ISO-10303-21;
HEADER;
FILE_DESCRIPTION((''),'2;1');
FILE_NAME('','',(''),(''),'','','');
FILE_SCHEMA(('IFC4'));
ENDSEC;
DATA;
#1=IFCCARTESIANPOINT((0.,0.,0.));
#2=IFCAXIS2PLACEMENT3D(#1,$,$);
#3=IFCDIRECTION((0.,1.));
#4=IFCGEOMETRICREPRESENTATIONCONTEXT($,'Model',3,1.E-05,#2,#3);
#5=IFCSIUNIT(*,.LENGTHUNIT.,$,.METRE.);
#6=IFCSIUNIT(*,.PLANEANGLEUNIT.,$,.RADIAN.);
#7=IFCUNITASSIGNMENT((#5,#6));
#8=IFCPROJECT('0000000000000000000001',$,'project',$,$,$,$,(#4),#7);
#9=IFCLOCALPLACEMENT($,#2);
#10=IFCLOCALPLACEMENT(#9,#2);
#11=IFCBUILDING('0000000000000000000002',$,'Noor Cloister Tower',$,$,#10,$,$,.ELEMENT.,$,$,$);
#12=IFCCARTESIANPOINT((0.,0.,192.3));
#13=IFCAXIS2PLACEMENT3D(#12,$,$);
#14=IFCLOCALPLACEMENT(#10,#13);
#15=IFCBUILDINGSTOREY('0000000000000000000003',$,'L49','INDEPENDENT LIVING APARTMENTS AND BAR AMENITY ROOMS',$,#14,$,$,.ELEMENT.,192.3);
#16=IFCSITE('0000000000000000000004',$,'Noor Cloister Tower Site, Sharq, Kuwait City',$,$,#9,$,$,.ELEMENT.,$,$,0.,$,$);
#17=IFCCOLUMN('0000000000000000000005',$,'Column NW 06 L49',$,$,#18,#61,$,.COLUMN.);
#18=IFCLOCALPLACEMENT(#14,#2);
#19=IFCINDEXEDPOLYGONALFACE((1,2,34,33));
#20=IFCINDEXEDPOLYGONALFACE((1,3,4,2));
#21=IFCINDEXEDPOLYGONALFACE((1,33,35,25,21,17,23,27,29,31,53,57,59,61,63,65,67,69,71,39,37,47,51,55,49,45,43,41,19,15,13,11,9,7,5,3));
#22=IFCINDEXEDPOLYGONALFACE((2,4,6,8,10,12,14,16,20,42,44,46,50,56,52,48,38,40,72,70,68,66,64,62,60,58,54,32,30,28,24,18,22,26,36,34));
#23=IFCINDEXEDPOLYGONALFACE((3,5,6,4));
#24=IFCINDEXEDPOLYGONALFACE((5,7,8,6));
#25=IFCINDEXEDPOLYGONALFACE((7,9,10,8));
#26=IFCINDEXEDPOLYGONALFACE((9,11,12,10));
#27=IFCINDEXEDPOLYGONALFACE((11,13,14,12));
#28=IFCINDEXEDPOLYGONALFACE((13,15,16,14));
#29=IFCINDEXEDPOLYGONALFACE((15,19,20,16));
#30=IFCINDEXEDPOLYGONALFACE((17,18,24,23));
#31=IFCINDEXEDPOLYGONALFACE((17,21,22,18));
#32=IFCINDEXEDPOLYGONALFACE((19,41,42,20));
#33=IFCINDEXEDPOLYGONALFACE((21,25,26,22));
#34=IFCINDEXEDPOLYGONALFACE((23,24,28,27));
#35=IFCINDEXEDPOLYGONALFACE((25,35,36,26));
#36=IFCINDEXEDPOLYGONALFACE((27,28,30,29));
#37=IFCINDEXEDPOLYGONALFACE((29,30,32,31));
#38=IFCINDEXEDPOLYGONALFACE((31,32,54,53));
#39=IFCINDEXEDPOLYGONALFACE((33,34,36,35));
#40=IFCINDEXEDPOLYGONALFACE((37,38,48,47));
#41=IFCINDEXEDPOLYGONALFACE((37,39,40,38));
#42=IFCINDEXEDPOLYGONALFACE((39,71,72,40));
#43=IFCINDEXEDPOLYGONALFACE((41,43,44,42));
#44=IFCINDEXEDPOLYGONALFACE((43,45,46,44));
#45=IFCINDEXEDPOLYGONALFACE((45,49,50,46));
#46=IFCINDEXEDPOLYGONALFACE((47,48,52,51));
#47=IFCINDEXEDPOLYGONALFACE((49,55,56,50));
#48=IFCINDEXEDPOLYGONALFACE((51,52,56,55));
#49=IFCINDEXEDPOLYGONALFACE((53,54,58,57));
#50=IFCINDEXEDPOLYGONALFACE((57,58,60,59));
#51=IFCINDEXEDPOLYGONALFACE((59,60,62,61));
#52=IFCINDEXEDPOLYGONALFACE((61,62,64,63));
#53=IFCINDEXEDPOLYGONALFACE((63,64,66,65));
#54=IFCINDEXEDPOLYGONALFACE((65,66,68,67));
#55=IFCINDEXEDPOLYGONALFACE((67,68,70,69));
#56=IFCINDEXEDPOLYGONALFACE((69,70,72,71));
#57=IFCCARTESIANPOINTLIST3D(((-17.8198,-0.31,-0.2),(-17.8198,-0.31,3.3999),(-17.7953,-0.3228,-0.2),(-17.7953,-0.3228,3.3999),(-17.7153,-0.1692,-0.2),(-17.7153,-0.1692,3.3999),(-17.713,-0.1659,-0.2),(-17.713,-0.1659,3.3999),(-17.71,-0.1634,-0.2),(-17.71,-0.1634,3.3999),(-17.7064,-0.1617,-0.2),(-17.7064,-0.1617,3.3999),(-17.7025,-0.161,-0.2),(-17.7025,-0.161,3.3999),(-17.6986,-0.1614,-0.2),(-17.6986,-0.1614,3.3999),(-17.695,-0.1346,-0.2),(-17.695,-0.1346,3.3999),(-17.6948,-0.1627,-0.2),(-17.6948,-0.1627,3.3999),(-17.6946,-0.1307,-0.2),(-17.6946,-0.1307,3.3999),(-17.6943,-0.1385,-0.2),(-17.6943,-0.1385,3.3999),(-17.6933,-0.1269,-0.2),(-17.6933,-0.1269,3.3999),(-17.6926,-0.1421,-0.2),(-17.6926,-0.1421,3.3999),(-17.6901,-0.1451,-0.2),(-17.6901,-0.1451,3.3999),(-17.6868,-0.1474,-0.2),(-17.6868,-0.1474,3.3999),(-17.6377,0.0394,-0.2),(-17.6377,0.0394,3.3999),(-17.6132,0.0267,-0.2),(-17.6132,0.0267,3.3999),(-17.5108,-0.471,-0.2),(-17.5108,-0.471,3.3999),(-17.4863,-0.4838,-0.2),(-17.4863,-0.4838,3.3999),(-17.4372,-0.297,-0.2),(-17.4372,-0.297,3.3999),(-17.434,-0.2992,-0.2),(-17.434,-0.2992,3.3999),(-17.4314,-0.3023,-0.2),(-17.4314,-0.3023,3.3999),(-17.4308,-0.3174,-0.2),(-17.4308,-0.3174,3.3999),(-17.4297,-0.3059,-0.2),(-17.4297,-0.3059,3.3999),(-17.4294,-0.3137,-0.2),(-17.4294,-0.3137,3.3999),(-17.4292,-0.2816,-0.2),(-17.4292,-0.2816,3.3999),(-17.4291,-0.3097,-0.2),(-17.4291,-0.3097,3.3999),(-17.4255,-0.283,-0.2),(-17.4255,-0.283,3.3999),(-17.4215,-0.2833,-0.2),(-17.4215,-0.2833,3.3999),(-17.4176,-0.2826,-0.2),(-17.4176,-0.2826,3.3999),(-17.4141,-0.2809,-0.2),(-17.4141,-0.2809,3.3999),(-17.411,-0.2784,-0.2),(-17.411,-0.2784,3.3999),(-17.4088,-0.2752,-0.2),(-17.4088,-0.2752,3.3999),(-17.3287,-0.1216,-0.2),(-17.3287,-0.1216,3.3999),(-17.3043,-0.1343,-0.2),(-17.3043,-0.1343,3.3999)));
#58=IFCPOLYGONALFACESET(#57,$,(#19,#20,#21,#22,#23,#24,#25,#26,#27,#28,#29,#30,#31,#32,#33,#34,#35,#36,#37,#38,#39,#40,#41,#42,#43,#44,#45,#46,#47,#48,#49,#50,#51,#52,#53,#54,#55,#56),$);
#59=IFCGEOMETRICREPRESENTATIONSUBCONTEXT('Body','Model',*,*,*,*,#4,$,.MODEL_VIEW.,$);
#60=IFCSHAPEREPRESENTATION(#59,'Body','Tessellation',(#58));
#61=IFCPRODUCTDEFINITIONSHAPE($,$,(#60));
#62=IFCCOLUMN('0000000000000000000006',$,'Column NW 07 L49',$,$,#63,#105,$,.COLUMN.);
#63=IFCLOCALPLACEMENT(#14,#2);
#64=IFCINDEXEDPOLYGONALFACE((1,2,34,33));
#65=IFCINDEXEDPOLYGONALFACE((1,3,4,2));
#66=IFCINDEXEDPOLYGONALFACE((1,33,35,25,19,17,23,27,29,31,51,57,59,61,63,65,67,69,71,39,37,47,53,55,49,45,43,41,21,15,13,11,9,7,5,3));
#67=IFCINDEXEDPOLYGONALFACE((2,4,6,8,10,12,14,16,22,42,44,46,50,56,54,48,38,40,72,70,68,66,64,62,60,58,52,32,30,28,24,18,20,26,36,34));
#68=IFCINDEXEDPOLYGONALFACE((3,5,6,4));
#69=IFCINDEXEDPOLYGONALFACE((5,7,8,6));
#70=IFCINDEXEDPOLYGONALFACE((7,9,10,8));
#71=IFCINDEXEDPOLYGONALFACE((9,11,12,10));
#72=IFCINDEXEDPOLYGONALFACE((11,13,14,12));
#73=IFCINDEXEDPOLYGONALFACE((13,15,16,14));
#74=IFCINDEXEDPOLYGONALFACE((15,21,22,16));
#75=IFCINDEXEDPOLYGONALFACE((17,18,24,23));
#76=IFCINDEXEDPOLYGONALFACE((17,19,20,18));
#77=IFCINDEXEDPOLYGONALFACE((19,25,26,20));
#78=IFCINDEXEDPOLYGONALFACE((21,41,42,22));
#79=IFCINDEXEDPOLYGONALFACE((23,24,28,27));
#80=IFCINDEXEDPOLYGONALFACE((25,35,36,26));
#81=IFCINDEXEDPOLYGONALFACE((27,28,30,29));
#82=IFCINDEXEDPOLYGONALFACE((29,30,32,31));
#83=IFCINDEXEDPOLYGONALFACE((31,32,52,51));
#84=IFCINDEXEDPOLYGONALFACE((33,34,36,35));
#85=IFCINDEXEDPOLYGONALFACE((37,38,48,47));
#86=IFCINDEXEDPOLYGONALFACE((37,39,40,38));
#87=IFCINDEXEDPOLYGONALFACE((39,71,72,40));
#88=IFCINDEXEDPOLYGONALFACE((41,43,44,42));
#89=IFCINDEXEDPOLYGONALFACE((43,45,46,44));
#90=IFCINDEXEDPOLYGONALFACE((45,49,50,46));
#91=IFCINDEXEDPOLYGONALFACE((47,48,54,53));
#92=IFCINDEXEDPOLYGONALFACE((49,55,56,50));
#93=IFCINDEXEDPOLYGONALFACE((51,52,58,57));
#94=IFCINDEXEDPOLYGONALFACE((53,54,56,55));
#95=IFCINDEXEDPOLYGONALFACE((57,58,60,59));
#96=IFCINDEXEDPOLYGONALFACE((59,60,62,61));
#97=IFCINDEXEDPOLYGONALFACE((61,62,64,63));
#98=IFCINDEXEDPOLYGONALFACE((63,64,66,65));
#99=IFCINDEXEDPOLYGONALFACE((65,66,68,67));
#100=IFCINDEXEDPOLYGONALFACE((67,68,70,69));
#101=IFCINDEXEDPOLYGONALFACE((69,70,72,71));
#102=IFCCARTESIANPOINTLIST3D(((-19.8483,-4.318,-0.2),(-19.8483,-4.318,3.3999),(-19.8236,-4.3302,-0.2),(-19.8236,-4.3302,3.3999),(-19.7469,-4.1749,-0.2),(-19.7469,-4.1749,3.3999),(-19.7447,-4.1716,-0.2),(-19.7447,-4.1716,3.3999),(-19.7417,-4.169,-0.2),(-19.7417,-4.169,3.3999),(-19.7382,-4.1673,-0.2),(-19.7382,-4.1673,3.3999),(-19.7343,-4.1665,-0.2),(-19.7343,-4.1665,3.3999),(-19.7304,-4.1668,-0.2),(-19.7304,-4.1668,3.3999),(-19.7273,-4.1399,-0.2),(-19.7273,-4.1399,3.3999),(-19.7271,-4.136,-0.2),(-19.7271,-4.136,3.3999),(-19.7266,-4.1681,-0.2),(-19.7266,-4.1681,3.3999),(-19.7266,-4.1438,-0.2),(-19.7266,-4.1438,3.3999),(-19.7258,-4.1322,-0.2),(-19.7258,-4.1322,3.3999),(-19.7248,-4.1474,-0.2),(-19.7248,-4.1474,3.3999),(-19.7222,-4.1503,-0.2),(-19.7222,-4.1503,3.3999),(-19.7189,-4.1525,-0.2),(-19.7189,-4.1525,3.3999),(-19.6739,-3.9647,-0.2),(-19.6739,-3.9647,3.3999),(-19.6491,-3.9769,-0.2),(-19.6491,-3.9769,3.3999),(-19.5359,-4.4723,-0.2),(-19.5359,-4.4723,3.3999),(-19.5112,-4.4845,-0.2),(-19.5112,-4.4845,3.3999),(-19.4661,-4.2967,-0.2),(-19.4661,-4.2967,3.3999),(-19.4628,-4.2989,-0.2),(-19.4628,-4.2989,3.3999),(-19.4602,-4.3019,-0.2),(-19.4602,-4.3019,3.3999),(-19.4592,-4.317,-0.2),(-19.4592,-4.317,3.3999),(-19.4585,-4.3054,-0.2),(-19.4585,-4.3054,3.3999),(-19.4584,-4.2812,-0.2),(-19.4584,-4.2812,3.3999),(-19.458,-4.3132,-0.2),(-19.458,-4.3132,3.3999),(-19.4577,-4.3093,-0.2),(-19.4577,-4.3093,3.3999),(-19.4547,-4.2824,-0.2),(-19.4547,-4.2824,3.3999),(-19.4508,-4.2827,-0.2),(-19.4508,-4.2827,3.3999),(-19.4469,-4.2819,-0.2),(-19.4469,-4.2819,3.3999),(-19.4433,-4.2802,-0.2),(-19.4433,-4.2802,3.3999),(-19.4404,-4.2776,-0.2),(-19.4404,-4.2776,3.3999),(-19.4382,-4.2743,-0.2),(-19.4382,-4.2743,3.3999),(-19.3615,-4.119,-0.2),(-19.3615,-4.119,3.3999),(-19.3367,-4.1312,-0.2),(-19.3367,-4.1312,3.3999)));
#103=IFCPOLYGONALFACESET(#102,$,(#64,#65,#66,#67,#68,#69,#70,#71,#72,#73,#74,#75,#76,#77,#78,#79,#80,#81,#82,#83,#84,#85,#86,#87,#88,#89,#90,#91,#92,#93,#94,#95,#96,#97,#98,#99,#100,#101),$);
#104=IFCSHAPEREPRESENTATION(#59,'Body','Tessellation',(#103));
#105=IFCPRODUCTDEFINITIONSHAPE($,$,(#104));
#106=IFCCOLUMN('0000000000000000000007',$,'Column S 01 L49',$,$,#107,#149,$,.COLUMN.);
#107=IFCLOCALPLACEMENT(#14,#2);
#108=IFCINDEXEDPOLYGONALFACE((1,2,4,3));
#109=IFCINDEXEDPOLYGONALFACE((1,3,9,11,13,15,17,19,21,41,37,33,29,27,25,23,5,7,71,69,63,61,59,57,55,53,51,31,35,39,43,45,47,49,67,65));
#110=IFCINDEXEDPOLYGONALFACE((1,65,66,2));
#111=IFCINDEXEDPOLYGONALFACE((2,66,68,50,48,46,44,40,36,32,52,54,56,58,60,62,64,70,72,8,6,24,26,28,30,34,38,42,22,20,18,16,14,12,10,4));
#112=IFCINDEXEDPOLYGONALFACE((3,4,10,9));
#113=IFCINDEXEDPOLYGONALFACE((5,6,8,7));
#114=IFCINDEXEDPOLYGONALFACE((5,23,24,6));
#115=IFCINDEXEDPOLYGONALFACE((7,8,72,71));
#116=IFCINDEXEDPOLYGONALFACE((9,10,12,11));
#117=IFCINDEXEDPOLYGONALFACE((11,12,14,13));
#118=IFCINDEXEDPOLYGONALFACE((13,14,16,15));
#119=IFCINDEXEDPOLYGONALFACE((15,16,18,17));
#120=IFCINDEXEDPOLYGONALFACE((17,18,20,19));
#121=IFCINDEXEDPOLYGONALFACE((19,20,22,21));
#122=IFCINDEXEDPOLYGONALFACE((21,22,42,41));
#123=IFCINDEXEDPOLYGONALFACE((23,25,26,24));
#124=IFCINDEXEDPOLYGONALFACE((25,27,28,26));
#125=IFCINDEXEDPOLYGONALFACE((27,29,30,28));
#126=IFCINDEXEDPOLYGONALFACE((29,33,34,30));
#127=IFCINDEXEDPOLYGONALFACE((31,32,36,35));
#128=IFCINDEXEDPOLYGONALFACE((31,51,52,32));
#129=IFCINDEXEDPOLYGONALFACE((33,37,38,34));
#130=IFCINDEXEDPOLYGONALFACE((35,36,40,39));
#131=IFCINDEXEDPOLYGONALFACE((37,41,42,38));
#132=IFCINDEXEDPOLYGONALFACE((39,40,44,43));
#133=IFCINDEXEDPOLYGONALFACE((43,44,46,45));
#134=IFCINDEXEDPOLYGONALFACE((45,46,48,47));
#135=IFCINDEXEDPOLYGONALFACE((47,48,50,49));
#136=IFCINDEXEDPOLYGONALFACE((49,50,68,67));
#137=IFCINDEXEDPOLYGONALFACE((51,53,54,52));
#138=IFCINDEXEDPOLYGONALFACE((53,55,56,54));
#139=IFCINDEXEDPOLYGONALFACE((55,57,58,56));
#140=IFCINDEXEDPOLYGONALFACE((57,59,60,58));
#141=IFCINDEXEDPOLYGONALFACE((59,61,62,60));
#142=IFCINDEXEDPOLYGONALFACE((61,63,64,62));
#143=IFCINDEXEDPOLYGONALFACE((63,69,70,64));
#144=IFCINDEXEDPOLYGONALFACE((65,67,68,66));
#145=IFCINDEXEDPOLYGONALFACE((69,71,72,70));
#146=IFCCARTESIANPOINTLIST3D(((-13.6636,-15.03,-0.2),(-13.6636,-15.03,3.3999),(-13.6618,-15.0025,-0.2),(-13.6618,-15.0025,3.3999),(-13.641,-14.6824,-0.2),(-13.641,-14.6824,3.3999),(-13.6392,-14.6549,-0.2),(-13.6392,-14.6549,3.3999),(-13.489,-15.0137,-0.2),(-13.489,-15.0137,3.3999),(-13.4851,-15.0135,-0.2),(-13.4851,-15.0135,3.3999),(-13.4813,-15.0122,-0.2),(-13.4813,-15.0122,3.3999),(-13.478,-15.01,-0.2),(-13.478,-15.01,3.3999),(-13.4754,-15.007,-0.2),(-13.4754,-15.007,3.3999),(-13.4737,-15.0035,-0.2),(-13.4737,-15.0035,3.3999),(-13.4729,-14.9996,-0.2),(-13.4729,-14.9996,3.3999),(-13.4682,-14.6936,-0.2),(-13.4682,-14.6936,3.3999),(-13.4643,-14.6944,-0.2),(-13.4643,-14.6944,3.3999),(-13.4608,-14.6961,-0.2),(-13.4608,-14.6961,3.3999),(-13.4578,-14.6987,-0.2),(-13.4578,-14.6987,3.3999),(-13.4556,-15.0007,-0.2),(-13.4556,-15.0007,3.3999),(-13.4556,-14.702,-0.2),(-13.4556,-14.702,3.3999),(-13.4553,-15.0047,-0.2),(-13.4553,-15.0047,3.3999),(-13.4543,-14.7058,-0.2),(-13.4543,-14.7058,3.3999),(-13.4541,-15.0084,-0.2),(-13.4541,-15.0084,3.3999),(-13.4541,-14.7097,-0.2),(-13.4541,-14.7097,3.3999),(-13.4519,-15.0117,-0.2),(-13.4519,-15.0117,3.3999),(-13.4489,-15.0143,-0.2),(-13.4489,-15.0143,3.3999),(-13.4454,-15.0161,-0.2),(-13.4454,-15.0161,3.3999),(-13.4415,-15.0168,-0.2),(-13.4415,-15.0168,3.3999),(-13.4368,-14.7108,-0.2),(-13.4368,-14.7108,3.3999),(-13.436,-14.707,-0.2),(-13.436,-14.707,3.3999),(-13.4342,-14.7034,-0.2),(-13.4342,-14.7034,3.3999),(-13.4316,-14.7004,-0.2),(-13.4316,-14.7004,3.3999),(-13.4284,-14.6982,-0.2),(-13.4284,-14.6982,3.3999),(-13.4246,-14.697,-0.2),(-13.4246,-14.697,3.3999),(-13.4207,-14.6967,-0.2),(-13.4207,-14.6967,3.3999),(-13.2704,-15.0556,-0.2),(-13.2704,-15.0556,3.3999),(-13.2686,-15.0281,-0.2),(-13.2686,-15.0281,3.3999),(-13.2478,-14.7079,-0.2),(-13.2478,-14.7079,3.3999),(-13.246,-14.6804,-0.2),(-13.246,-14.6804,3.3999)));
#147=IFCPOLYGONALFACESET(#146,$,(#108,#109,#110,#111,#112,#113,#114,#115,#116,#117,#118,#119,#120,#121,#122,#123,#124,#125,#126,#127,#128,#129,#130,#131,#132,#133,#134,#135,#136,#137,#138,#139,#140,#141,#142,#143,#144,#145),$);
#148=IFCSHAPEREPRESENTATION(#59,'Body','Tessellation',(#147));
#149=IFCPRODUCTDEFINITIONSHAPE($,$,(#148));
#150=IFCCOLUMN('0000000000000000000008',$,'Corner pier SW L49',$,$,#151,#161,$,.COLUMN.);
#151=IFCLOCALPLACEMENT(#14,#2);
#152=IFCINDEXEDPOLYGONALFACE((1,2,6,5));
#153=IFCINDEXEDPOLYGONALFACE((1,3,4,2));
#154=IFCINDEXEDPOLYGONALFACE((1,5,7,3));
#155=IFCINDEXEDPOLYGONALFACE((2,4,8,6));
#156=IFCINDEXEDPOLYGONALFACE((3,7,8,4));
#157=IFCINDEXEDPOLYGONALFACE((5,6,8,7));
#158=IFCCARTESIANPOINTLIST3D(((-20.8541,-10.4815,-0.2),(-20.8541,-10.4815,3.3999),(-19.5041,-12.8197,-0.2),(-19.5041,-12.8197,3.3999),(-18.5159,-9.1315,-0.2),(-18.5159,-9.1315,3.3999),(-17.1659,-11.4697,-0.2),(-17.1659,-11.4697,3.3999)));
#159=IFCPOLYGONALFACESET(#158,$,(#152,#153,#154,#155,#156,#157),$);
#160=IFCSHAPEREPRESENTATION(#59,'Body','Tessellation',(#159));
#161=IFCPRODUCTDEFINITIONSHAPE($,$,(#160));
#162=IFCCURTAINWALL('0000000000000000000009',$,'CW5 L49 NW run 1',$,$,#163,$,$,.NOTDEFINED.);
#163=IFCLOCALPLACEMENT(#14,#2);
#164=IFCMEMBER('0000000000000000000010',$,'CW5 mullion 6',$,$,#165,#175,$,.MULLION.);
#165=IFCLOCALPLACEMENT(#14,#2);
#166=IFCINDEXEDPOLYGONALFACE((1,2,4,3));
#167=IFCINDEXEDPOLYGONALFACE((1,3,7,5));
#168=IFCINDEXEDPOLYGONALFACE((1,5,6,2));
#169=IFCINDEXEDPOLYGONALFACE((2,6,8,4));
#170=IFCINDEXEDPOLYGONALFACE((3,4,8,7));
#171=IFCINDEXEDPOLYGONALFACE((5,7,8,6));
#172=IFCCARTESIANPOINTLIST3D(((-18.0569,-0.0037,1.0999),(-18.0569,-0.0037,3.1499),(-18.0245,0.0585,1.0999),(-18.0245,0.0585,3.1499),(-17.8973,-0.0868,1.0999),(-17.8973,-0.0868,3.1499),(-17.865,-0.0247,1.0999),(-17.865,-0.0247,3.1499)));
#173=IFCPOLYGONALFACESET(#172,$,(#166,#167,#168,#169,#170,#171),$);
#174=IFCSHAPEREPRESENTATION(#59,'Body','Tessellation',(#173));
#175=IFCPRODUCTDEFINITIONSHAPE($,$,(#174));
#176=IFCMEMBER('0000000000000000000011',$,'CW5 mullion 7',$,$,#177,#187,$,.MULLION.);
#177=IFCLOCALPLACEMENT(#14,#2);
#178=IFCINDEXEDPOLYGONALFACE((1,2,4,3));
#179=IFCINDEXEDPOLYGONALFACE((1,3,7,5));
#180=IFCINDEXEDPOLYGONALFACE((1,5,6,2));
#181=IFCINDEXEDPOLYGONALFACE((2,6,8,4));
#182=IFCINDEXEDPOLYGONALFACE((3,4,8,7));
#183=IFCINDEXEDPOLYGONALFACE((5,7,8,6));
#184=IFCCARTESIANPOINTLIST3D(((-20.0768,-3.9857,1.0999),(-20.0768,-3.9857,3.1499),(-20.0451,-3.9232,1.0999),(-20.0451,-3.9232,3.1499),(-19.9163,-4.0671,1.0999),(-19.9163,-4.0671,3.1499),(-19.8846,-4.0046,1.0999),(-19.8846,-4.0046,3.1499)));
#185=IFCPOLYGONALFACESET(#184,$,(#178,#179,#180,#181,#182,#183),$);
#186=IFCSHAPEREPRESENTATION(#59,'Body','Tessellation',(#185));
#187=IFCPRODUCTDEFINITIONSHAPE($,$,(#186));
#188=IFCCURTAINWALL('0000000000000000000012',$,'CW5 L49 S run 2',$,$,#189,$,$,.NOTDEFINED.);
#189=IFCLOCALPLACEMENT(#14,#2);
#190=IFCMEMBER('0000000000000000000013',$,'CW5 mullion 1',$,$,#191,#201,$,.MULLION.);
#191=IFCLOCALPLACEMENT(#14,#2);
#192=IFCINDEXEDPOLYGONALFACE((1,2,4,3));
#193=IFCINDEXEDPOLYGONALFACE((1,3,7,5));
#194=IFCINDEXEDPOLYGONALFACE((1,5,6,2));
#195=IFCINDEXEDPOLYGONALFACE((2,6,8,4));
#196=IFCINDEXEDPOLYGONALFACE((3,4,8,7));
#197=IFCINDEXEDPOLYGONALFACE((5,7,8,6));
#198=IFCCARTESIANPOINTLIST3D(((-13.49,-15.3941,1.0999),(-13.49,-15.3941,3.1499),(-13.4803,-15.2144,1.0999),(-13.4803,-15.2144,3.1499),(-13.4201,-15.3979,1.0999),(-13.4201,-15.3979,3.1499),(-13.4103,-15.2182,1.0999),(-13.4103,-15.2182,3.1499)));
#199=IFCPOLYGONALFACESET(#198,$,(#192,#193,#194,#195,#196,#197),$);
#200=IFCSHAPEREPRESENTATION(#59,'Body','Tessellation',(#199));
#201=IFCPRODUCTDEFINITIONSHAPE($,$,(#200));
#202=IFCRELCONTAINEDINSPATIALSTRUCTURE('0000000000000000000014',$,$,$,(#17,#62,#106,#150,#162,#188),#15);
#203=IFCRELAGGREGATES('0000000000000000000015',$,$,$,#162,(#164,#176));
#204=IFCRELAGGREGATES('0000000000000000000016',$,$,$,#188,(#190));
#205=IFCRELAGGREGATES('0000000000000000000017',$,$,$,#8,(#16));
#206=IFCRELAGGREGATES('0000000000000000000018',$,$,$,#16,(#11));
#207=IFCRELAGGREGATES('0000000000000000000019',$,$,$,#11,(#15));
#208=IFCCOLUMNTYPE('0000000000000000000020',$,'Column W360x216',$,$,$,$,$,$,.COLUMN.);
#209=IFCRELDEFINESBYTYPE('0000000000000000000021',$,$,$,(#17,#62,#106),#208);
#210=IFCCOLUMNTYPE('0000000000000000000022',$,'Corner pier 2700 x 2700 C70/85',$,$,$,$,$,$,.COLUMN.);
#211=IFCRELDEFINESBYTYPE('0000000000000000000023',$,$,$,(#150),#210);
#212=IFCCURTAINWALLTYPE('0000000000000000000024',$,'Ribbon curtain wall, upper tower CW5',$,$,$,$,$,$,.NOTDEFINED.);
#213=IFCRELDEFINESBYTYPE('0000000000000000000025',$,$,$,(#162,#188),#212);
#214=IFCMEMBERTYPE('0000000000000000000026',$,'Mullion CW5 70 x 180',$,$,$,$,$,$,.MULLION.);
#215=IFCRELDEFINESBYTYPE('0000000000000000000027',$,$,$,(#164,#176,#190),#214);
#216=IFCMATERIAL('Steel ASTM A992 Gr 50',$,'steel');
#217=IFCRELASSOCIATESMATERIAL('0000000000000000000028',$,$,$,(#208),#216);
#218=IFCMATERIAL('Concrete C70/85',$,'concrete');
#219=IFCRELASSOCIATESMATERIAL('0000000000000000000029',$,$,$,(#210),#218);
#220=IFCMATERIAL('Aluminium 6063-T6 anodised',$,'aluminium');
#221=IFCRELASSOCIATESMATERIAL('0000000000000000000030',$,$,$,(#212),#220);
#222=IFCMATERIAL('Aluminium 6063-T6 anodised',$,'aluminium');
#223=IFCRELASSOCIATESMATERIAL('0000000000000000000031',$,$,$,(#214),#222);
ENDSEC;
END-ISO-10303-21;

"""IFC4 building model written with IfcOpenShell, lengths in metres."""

from ifc_helpers import new_model, si_unit, direction, frame, origin, origin_2d, place, context, subcontext, project, spatial, rectangle, i_section, extrude, material, material_profile, profile_set, type_object, element, aggregate, save


model = new_model("IFC4")

# Units and contexts
model_context = context("Model", 3, precision=1e-05, world=origin(), true_north=direction((0.0, 1.0)))
body_context = subcontext(model_context, "Body", "Model", "MODEL_VIEW")
ifc_project = project(units=[si_unit("LENGTHUNIT", "METRE"), si_unit("PLANEANGLEUNIT", "RADIAN")], contexts=[model_context])

# Site, building, storey
site_placement = place(None, origin())
site = spatial("IfcSite", under=ifc_project, at=site_placement, Name="Noor Cloister Tower Site, Sharq, Kuwait City", CompositionType="ELEMENT", RefElevation=0.0)
building_placement = place(site_placement, origin())
building = spatial("IfcBuilding", under=site, at=building_placement, Name="Noor Cloister Tower", CompositionType="ELEMENT")
storey_placement = place(building_placement, frame((0.0, 0.0, 192.3)))
storey = spatial("IfcBuildingStorey", under=building, at=storey_placement, Name="L49", Description="INDEPENDENT LIVING APARTMENTS AND BAR AMENITY ROOMS", CompositionType="ELEMENT", Elevation=192.3)

# Columns
ifc_material_1 = material(Name="Steel ASTM A992 Gr 50", Category="steel")
ifc_material_profile_1 = material_profile(ifc_material_1, i_section(OverallWidth=0.394, OverallDepth=0.376, WebThickness=0.0173, FlangeThickness=0.0276, FilletRadius=0.0151, at=origin_2d()), Name="W360x216")
ifc_profile_set_1 = profile_set([ifc_material_profile_1], Name="Steel ASTM A992 Gr 50")
column_type_1 = type_object("IfcColumnType", Name="Column W360x216", PredefinedType="COLUMN", material=ifc_profile_set_1)
for number, where, z_axis, x_axis, name in (
    (1, (-17.562, -0.2222, -0.2), (0.0, 0.0, 1.0), (-0.462061, -0.886848, 0.0), "Column NW 06 L49"),
    (2, (-19.5925, -4.2246, -0.2), (0.0, 0.0, 1.0), (-0.442763, -0.896639, 0.0), "Column NW 07 L49"),
    (3, (-13.4548, -14.8552, -0.2), (0.0, 0.0, 1.0), (0.997893, -0.064875, 0.0), "Column S 01 L49"),
):
    element("IfcColumn", number, at=place(storey_placement, frame(where, z_axis=z_axis, x_axis=x_axis)), inside=storey, type_object=column_type_1, Name=name, PredefinedType="COLUMN", context=body_context, shape_type="SweptSolid", body=[
        extrude(i_section(OverallWidth=0.394, OverallDepth=0.376, WebThickness=0.0173, FlangeThickness=0.0276, FilletRadius=0.0151, at=origin_2d()), origin(), (0.0, 0.0, 1.0), 3.5999),
    ])
ifc_material_2 = material(Name="Concrete C70/85", Category="concrete")
ifc_material_profile_2 = material_profile(ifc_material_2, rectangle(XDim=2.7, YDim=2.7, at=origin_2d()), Name="RC 2700x2700")
ifc_profile_set_2 = profile_set([ifc_material_profile_2], Name="Concrete C70/85")
column_type_2 = type_object("IfcColumnType", Name="Corner pier 2700 x 2700 C70/85", PredefinedType="COLUMN", material=ifc_profile_set_2)
column_placement = place(storey_placement, frame((-19.01, -10.9756, -0.2), z_axis=(0.0, 0.0, 1.0), x_axis=(-0.866025, -0.5, 0.0)))
element("IfcColumn", 4, at=column_placement, inside=storey, type_object=column_type_2, Name="Corner pier SW L49", PredefinedType="COLUMN", context=body_context, shape_type="SweptSolid", body=[
    extrude(rectangle(XDim=2.7, YDim=2.7, at=origin_2d()), origin(), (0.0, 0.0, 1.0), 3.5999),
])

# Curtain wall, members
ifc_material_3 = material(Name="Aluminium 6063-T6 anodised", Category="aluminium")
curtain_wall_type = type_object("IfcCurtainWallType", Name="Ribbon curtain wall, upper tower CW5", PredefinedType="NOTDEFINED", material=ifc_material_3)
curtain_wall_1_placement = place(storey_placement, origin())
curtain_wall_1 = element("IfcCurtainWall", 5, at=curtain_wall_1_placement, inside=storey, type_object=curtain_wall_type, Name="CW5 L49 NW run 1", PredefinedType="NOTDEFINED")
ifc_material_4 = material(Name="Aluminium 6063-T6 anodised", Category="aluminium")
ifc_material_profile_3 = material_profile(ifc_material_4, rectangle(XDim=0.1799, YDim=0.0701, at=origin_2d()), Name="180 x 70 mullion")
ifc_profile_set_3 = profile_set([ifc_material_profile_3], Name="Aluminium 6063-T6 anodised")
member_type = type_object("IfcMemberType", Name="Mullion CW5 70 x 180", PredefinedType="MULLION", material=ifc_profile_set_3)
member_1_placement = place(storey_placement, frame((-17.9609, -0.0142, 1.0999), z_axis=(0.0, 0.0, 1.0), x_axis=(0.886848, -0.462061, 0.0)))
member_1 = element("IfcMember", 6, at=member_1_placement, type_object=member_type, Name="CW5 mullion 6", PredefinedType="MULLION", context=body_context, shape_type="SweptSolid", body=[
    extrude(rectangle(XDim=0.1799, YDim=0.0701, at=origin_2d()), origin(), (0.0, 0.0, 1.0), 2.05),
])
member_2_placement = place(storey_placement, frame((-19.9807, -3.9951, 1.0999), z_axis=(0.0, 0.0, 1.0), x_axis=(0.891795, -0.452439, 0.0)))
member_2 = element("IfcMember", 7, at=member_2_placement, type_object=member_type, Name="CW5 mullion 7", PredefinedType="MULLION", context=body_context, shape_type="SweptSolid", body=[
    extrude(rectangle(XDim=0.1799, YDim=0.0701, at=origin_2d()), origin(), (0.0, 0.0, 1.0), 2.05),
])

# Curtain wall, member
curtain_wall_2_placement = place(storey_placement, origin())
curtain_wall_2 = element("IfcCurtainWall", 8, at=curtain_wall_2_placement, inside=storey, type_object=curtain_wall_type, Name="CW5 L49 S run 2", PredefinedType="NOTDEFINED")
member_3_placement = place(storey_placement, frame((-13.4502, -15.3062, 1.0999), z_axis=(0.0, 0.0, 1.0), x_axis=(0.054074, 0.998537, 0.0)))
member_3 = element("IfcMember", 9, at=member_3_placement, type_object=member_type, Name="CW5 mullion 1", PredefinedType="MULLION", context=body_context, shape_type="SweptSolid", body=[
    extrude(rectangle(XDim=0.1799, YDim=0.0701, at=origin_2d()), origin(), (0.0, 0.0, 1.0), 2.05),
])

aggregate(curtain_wall_1, [member_1, member_2])
aggregate(curtain_wall_2, [member_3])

save(model, "model.ifc")
